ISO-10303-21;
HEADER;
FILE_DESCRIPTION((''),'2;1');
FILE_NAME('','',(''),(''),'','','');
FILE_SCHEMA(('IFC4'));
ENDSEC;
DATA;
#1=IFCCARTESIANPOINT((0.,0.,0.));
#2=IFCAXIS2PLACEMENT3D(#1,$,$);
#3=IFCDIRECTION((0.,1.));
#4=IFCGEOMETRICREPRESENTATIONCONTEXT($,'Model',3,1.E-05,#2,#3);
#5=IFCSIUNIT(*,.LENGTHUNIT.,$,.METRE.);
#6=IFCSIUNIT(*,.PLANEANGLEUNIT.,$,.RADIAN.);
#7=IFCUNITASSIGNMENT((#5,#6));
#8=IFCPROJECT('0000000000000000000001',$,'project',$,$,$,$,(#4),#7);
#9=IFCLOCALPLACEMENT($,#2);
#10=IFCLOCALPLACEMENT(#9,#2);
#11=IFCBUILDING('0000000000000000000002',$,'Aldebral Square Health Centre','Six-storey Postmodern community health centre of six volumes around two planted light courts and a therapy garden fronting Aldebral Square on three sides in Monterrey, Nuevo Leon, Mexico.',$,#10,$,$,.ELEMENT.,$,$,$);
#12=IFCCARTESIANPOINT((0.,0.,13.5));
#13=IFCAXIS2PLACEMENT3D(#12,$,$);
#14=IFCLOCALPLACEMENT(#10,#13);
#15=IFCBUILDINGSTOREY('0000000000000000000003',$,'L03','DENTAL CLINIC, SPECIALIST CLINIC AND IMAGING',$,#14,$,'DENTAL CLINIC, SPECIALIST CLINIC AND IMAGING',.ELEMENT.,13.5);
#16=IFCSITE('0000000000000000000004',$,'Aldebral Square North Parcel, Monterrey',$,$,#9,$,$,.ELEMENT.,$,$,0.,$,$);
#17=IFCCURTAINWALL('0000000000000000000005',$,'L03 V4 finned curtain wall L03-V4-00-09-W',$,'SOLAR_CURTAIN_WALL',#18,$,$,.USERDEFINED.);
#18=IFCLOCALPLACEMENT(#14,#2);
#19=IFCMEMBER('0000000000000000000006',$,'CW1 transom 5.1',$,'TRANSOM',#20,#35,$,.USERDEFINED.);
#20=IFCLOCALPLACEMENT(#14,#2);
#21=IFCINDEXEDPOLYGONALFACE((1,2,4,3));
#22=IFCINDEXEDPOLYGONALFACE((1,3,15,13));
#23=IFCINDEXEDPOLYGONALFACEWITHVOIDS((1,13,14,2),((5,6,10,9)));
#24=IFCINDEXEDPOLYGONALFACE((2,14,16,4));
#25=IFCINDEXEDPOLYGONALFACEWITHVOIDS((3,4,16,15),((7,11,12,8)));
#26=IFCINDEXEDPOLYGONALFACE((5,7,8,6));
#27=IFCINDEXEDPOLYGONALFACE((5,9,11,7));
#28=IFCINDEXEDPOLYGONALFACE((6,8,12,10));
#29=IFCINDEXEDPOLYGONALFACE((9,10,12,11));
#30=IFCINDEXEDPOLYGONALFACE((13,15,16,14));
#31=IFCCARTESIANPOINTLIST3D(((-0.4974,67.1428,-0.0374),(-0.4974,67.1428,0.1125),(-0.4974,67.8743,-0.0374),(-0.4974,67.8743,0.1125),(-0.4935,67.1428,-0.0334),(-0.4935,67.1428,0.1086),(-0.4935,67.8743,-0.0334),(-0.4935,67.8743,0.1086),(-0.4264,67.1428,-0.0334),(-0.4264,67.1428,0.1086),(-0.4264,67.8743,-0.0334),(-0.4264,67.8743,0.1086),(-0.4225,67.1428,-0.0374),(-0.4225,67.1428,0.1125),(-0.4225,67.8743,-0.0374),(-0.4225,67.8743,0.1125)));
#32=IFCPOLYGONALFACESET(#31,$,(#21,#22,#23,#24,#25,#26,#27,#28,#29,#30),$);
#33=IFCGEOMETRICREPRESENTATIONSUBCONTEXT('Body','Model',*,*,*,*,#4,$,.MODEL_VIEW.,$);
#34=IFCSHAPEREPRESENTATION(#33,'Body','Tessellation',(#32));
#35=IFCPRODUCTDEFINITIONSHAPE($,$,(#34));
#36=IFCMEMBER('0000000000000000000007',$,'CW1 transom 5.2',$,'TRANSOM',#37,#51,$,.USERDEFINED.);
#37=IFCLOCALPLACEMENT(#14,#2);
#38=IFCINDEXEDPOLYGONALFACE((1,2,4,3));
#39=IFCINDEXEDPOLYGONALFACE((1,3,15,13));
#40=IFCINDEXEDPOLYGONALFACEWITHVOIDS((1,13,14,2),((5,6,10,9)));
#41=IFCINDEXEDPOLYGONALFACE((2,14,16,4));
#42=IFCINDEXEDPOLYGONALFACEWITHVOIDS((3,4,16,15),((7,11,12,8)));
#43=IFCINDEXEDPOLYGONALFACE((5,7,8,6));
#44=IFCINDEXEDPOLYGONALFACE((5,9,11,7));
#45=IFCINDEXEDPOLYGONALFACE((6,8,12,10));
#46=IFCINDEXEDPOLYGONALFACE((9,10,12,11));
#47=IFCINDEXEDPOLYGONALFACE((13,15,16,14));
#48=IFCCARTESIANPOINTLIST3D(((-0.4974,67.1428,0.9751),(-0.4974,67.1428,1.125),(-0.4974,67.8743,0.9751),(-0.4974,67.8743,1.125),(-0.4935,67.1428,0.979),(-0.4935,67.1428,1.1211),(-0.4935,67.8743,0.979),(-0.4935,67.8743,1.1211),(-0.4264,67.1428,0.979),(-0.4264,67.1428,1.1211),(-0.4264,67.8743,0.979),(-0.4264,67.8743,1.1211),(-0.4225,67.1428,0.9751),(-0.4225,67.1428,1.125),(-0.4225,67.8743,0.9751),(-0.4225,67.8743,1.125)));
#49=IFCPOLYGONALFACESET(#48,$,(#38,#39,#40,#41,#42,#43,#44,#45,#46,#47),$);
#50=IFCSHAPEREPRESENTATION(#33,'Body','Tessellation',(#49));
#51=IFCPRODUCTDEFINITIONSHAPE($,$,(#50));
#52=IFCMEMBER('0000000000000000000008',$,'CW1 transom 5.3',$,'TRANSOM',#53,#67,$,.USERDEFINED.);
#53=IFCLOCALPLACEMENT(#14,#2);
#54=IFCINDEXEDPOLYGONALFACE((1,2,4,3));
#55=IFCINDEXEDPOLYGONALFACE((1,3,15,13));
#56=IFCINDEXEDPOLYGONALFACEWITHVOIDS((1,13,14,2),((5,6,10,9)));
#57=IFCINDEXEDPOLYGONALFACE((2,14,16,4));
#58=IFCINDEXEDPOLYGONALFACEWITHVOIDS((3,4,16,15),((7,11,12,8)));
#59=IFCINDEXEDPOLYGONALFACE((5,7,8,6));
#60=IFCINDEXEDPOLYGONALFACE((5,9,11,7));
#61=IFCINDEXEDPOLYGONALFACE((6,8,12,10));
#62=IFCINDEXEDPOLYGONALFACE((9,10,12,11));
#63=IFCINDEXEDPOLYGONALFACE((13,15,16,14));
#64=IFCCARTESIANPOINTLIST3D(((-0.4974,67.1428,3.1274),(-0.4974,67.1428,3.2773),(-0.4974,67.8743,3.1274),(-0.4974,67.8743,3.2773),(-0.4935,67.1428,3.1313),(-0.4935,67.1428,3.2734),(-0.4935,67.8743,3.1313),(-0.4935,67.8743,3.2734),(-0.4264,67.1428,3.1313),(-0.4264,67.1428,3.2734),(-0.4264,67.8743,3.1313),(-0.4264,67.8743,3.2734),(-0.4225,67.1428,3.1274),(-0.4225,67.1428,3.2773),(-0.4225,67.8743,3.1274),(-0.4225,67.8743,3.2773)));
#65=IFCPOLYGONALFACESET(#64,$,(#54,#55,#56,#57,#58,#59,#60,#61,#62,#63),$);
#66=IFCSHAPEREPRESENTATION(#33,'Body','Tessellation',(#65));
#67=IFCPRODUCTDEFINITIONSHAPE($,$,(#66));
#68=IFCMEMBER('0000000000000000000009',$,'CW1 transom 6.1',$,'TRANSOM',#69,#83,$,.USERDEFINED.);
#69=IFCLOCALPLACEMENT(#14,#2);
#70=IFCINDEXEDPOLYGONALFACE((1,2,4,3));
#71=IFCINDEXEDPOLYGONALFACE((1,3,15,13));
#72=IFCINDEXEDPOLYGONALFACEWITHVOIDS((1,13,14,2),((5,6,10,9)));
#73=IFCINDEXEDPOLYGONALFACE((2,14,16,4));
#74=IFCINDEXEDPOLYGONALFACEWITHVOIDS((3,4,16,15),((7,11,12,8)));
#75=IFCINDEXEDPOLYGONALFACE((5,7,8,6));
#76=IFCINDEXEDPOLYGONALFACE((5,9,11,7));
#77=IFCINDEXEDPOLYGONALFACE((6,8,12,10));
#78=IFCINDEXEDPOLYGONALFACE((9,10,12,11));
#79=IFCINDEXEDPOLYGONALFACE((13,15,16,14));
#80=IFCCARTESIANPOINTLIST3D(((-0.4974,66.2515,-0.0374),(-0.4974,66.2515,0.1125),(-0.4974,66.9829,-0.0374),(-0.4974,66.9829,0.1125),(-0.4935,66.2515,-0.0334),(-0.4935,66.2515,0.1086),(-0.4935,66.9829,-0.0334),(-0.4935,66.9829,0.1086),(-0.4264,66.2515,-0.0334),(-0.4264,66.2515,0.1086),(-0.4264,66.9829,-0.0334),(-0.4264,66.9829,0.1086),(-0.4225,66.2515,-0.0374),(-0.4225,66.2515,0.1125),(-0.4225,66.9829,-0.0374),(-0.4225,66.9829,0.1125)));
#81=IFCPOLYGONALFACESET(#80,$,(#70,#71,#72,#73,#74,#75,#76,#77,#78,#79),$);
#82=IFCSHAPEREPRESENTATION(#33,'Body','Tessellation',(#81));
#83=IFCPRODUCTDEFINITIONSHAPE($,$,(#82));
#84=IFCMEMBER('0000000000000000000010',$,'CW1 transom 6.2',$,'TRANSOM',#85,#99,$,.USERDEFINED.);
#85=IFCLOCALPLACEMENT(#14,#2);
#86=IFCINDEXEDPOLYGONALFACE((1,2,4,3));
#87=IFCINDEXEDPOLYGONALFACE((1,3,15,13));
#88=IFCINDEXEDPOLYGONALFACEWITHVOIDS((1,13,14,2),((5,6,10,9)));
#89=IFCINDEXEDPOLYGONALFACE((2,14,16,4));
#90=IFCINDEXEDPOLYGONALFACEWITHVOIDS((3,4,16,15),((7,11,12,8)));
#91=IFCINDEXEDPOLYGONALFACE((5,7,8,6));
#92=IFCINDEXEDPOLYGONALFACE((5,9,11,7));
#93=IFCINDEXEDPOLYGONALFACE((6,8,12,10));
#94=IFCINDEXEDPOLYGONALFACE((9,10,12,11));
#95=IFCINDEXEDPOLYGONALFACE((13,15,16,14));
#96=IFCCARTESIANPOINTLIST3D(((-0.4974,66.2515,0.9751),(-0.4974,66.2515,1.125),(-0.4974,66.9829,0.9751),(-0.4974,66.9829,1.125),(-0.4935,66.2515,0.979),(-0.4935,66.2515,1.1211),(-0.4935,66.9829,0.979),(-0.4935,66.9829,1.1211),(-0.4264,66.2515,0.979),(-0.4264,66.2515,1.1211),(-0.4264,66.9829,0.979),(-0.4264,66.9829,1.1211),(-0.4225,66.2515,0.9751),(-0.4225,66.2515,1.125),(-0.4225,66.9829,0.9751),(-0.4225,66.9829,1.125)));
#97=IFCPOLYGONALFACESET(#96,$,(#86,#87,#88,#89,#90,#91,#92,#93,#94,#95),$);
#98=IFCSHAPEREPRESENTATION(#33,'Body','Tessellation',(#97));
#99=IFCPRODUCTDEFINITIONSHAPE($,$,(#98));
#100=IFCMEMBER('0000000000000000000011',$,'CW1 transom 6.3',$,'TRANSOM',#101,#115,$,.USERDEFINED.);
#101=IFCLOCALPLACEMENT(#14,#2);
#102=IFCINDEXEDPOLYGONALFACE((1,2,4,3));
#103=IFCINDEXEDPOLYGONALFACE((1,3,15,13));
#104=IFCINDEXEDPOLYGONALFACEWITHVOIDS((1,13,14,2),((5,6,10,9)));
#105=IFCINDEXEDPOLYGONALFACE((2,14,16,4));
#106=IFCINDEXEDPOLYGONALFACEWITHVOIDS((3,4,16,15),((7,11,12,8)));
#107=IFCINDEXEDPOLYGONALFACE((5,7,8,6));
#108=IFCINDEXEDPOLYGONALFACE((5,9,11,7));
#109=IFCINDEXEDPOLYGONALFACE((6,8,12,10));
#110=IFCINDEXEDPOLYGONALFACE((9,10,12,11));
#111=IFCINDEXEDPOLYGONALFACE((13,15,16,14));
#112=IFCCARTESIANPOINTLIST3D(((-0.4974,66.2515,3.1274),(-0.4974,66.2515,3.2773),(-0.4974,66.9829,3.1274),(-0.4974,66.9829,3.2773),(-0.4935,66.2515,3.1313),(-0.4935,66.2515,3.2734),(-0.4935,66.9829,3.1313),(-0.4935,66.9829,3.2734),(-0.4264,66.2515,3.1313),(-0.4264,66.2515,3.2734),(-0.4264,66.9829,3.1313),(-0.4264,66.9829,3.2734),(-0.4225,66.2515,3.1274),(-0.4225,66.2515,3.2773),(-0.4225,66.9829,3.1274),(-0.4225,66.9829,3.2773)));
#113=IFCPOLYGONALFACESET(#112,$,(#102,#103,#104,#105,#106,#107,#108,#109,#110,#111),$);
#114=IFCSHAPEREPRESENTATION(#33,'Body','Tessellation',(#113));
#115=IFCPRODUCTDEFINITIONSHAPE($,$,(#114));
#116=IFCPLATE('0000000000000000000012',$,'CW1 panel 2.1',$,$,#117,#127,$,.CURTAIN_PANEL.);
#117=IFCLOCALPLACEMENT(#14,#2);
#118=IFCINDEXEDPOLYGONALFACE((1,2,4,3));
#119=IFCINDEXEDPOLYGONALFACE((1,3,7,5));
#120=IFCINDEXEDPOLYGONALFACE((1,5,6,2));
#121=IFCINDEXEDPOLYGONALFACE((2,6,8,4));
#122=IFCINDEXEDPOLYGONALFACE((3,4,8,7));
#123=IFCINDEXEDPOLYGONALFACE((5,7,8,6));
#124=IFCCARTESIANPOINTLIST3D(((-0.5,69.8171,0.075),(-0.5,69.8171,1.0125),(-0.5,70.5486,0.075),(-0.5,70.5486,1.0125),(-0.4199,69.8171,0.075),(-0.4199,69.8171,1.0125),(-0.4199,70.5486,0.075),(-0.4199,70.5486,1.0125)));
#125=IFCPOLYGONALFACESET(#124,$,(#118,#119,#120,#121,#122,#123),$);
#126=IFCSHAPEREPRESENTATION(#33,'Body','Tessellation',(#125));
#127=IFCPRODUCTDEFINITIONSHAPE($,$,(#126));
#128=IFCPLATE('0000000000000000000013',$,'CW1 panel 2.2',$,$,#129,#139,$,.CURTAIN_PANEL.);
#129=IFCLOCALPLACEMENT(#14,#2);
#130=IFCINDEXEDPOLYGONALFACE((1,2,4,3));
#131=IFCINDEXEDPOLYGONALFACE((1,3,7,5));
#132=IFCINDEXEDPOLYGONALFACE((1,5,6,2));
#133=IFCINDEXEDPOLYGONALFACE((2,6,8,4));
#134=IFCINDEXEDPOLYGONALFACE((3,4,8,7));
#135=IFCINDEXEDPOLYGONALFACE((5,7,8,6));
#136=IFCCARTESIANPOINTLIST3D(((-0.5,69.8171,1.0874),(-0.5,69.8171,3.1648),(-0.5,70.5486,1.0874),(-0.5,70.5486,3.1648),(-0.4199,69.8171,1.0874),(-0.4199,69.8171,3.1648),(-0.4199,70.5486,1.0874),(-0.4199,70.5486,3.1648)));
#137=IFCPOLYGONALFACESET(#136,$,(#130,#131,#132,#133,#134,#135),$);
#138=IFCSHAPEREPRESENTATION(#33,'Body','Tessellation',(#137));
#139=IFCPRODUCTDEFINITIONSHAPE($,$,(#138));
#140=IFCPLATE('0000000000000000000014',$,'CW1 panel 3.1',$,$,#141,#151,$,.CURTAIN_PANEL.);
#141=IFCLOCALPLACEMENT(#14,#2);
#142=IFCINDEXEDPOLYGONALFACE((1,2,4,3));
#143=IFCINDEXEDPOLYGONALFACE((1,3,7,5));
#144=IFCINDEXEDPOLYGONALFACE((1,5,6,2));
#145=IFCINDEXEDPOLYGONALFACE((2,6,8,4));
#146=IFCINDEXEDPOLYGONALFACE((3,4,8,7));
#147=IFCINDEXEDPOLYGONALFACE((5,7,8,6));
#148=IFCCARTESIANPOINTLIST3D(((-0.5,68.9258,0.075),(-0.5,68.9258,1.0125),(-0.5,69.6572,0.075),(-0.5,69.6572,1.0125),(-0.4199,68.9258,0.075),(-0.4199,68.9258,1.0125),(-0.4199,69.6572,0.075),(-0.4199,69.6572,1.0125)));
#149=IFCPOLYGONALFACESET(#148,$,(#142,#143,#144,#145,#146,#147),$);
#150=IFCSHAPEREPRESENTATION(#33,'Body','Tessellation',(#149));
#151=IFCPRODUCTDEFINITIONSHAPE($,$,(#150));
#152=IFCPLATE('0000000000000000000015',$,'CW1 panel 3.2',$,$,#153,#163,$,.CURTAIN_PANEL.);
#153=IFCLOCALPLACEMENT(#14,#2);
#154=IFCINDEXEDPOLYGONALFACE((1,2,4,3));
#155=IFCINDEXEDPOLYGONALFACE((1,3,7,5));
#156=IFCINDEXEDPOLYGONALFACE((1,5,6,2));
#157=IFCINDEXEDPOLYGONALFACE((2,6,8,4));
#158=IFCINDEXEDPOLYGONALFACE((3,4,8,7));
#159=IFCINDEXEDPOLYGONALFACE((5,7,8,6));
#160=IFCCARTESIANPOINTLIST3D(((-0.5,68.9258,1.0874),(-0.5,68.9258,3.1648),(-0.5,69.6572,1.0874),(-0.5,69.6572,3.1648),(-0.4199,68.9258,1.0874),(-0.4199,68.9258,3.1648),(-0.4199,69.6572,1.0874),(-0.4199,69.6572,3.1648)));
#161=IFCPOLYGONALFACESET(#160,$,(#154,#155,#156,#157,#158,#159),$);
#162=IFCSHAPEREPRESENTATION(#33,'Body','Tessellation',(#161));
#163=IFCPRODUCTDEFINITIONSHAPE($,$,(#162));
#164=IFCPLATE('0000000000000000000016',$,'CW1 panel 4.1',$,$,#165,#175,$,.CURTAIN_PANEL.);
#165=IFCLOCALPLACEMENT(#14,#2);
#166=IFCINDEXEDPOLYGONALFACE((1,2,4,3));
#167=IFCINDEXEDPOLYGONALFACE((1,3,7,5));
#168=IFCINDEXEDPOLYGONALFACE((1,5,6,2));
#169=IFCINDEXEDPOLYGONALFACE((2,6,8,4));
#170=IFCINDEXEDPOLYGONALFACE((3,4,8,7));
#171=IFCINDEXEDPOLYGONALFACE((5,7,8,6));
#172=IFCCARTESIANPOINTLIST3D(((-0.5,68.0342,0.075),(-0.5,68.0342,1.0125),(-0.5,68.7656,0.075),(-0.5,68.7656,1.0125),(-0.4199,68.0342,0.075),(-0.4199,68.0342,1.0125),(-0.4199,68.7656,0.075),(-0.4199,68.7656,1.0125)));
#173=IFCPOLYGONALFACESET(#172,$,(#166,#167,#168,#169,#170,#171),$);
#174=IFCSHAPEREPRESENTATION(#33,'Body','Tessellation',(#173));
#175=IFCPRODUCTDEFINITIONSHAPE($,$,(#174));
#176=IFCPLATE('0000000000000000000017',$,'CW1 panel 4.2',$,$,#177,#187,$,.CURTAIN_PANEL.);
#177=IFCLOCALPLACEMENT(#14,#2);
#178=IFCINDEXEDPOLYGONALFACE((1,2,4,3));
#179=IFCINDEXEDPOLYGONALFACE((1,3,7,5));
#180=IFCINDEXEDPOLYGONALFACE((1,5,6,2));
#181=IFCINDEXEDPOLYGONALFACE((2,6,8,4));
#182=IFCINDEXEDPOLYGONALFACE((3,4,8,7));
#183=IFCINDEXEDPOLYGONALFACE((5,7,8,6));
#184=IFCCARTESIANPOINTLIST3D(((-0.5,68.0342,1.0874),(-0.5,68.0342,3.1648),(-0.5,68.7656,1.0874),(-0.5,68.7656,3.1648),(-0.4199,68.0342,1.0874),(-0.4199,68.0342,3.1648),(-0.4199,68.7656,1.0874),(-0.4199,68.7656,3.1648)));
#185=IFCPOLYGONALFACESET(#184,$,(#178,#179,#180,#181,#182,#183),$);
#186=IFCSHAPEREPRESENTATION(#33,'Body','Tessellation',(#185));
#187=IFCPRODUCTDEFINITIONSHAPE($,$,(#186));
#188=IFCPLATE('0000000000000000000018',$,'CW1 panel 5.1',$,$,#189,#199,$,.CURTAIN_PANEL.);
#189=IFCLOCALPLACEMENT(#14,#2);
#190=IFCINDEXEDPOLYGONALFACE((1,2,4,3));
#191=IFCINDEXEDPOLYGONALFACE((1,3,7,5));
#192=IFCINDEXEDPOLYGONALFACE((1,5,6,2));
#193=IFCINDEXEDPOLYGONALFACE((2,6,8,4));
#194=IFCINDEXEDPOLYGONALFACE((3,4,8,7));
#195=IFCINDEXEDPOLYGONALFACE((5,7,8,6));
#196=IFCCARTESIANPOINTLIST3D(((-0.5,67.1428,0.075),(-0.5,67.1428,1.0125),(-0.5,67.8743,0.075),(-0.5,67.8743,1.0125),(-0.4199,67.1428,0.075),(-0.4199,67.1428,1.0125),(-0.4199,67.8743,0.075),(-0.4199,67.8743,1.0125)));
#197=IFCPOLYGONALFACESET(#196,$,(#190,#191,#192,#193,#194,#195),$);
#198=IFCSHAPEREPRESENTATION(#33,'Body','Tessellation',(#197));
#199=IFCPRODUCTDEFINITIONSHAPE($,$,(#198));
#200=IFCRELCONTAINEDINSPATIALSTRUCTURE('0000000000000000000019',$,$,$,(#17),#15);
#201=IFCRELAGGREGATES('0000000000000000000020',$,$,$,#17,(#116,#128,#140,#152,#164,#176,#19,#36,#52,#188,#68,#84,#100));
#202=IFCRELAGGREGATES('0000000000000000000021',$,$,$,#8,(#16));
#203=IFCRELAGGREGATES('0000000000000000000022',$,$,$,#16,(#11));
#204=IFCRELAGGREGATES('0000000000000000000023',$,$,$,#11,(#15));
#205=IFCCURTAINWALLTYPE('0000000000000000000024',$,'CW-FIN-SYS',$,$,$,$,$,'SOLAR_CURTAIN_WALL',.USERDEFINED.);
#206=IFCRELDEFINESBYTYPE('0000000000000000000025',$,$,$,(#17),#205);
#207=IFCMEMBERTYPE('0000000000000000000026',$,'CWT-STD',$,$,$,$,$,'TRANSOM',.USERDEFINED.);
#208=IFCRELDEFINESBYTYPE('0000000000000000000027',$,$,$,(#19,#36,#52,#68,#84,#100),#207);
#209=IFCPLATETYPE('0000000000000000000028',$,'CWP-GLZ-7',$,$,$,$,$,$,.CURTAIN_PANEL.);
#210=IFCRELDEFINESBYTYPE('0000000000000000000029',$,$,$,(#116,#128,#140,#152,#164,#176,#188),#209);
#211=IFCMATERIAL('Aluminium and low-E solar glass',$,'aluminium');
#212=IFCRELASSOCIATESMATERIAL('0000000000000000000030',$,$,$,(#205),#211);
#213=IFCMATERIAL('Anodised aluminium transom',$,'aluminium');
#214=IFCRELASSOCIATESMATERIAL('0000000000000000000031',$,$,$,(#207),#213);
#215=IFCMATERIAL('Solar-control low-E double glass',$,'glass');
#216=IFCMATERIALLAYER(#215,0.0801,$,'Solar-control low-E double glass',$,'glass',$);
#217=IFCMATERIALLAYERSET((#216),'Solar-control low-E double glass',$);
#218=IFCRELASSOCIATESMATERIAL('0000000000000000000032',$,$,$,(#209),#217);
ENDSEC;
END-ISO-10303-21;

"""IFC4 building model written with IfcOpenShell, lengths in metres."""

from ifc_helpers import new_model, si_unit, direction, frame, origin, origin_2d, place, context, subcontext, project, spatial, rectangle, hollow_rectangle, extrude, material, layer, layer_set, material_profile, profile_set, type_object, element, aggregate, save


model = new_model("IFC4")

# Units and contexts
model_context = context("Model", 3, precision=1e-05, world=origin(), true_north=direction((0.0, 1.0)))
body_context = subcontext(model_context, "Body", "Model", "MODEL_VIEW")
ifc_project = project(units=[si_unit("LENGTHUNIT", "METRE"), si_unit("PLANEANGLEUNIT", "RADIAN")], contexts=[model_context])

# Site, building, storey
site_placement = place(None, origin())
site = spatial("IfcSite", under=ifc_project, at=site_placement, Name="Aldebral Square North Parcel, Monterrey", CompositionType="ELEMENT", RefElevation=0.0)
building_placement = place(site_placement, origin())
building = spatial("IfcBuilding", under=site, at=building_placement, Name="Aldebral Square Health Centre", Description="Six-storey Postmodern community health centre of six volumes around two planted light courts and a therapy garden fronting Aldebral Square on three sides in Monterrey, Nuevo Leon, Mexico.", CompositionType="ELEMENT")
storey_placement = place(building_placement, frame((0.0, 0.0, 13.5)))
storey = spatial("IfcBuildingStorey", under=building, at=storey_placement, Name="L03", Description="DENTAL CLINIC, SPECIALIST CLINIC AND IMAGING", LongName="DENTAL CLINIC, SPECIALIST CLINIC AND IMAGING", CompositionType="ELEMENT", Elevation=13.5)

# Curtain wall, members, plates
ifc_material_1 = material(Name="Aluminium and low-E solar glass", Category="aluminium")
curtain_wall_type = type_object("IfcCurtainWallType", Name="CW-FIN-SYS", ElementType="SOLAR_CURTAIN_WALL", PredefinedType="USERDEFINED", material=ifc_material_1)
curtain_wall_placement = place(storey_placement, origin())
curtain_wall = element("IfcCurtainWall", 1, at=curtain_wall_placement, inside=storey, type_object=curtain_wall_type, Name="L03 V4 finned curtain wall L03-V4-00-09-W", ObjectType="SOLAR_CURTAIN_WALL", PredefinedType="USERDEFINED")
ifc_material_2 = material(Name="Anodised aluminium transom", Category="aluminium")
ifc_material_profile_1 = material_profile(ifc_material_2, hollow_rectangle(XDim=0.075, YDim=0.1499, WallThickness=0.0039, at=origin_2d()), Name="CWT 75x150x4")
ifc_profile_set_1 = profile_set([ifc_material_profile_1], Name="Anodised aluminium transom")
member_type_1 = type_object("IfcMemberType", Name="CWT-STD", ElementType="TRANSOM", PredefinedType="USERDEFINED", material=ifc_profile_set_1)
member_1_placement = place(storey_placement, frame((-0.46, 67.8743, 0.0376), z_axis=(0.0, -1.0, 0.0), x_axis=(1.0, 0.0, 0.0)))
member_1 = element("IfcMember", 2, at=member_1_placement, type_object=member_type_1, Name="CW1 transom 5.1", ObjectType="TRANSOM", PredefinedType="USERDEFINED", context=body_context, shape_type="SweptSolid", body=[
    extrude(hollow_rectangle(XDim=0.075, YDim=0.1499, WallThickness=0.0039, at=origin_2d()), origin(), (0.0, 0.0, 1.0), 0.7314),
])
member_2_placement = place(storey_placement, frame((-0.46, 67.8743, 1.05), z_axis=(0.0, -1.0, 0.0), x_axis=(1.0, 0.0, 0.0)))
member_2 = element("IfcMember", 3, at=member_2_placement, type_object=member_type_1, Name="CW1 transom 5.2", ObjectType="TRANSOM", PredefinedType="USERDEFINED", context=body_context, shape_type="SweptSolid", body=[
    extrude(hollow_rectangle(XDim=0.075, YDim=0.1499, WallThickness=0.0039, at=origin_2d()), origin(), (0.0, 0.0, 1.0), 0.7314),
])
member_3_placement = place(storey_placement, frame((-0.46, 67.8743, 3.2024), z_axis=(0.0, -1.0, 0.0), x_axis=(1.0, 0.0, 0.0)))
member_3 = element("IfcMember", 4, at=member_3_placement, type_object=member_type_1, Name="CW1 transom 5.3", ObjectType="TRANSOM", PredefinedType="USERDEFINED", context=body_context, shape_type="SweptSolid", body=[
    extrude(hollow_rectangle(XDim=0.075, YDim=0.1499, WallThickness=0.0039, at=origin_2d()), origin(), (0.0, 0.0, 1.0), 0.7314),
])
member_4_placement = place(storey_placement, frame((-0.46, 66.9829, 0.0376), z_axis=(0.0, -1.0, 0.0), x_axis=(1.0, 0.0, 0.0)))
member_4 = element("IfcMember", 5, at=member_4_placement, type_object=member_type_1, Name="CW1 transom 6.1", ObjectType="TRANSOM", PredefinedType="USERDEFINED", context=body_context, shape_type="SweptSolid", body=[
    extrude(hollow_rectangle(XDim=0.075, YDim=0.1499, WallThickness=0.0039, at=origin_2d()), origin(), (0.0, 0.0, 1.0), 0.7314),
])
member_5_placement = place(storey_placement, frame((-0.46, 66.9829, 1.05), z_axis=(0.0, -1.0, 0.0), x_axis=(1.0, 0.0, 0.0)))
member_5 = element("IfcMember", 6, at=member_5_placement, type_object=member_type_1, Name="CW1 transom 6.2", ObjectType="TRANSOM", PredefinedType="USERDEFINED", context=body_context, shape_type="SweptSolid", body=[
    extrude(hollow_rectangle(XDim=0.075, YDim=0.1499, WallThickness=0.0039, at=origin_2d()), origin(), (0.0, 0.0, 1.0), 0.7314),
])
member_6_placement = place(storey_placement, frame((-0.46, 66.9829, 3.2024), z_axis=(0.0, -1.0, 0.0), x_axis=(1.0, 0.0, 0.0)))
member_6 = element("IfcMember", 7, at=member_6_placement, type_object=member_type_1, Name="CW1 transom 6.3", ObjectType="TRANSOM", PredefinedType="USERDEFINED", context=body_context, shape_type="SweptSolid", body=[
    extrude(hollow_rectangle(XDim=0.075, YDim=0.1499, WallThickness=0.0039, at=origin_2d()), origin(), (0.0, 0.0, 1.0), 0.7314),
])
ifc_material_3 = material(Name="Solar-control low-E double glass", Category="glass")
ifc_layer = layer(ifc_material_3, 0.0801, Name="Solar-control low-E double glass", Category="glass")
ifc_layer_set = layer_set([ifc_layer], Name="Solar-control low-E double glass")
plate_type = type_object("IfcPlateType", Name="CWP-GLZ-7", PredefinedType="CURTAIN_PANEL", material=ifc_layer_set)
plate_1_placement = place(storey_placement, frame((-0.46, 70.1829, 0.075), z_axis=(0.0, 0.0, 1.0), x_axis=(0.0, -1.0, 0.0)))
plate_1 = element("IfcPlate", 8, at=plate_1_placement, type_object=plate_type, Name="CW1 panel 2.1", PredefinedType="CURTAIN_PANEL", context=body_context, shape_type="SweptSolid", body=[
    extrude(rectangle(XDim=0.7314, YDim=0.0801, at=origin_2d()), origin(), (0.0, 0.0, 1.0), 0.9375),
])
plate_2_placement = place(storey_placement, frame((-0.46, 70.1829, 1.0874), z_axis=(0.0, 0.0, 1.0), x_axis=(0.0, -1.0, 0.0)))
plate_2 = element("IfcPlate", 9, at=plate_2_placement, type_object=plate_type, Name="CW1 panel 2.2", PredefinedType="CURTAIN_PANEL", context=body_context, shape_type="SweptSolid", body=[
    extrude(rectangle(XDim=0.7314, YDim=0.0801, at=origin_2d()), origin(), (0.0, 0.0, 1.0), 2.0774),
])
plate_3_placement = place(storey_placement, frame((-0.46, 69.2915, 0.075), z_axis=(0.0, 0.0, 1.0), x_axis=(0.0, -1.0, 0.0)))
plate_3 = element("IfcPlate", 10, at=plate_3_placement, type_object=plate_type, Name="CW1 panel 3.1", PredefinedType="CURTAIN_PANEL", context=body_context, shape_type="SweptSolid", body=[
    extrude(rectangle(XDim=0.7314, YDim=0.0801, at=origin_2d()), origin(), (0.0, 0.0, 1.0), 0.9375),
])
plate_4_placement = place(storey_placement, frame((-0.46, 69.2915, 1.0874), z_axis=(0.0, 0.0, 1.0), x_axis=(0.0, -1.0, 0.0)))
plate_4 = element("IfcPlate", 11, at=plate_4_placement, type_object=plate_type, Name="CW1 panel 3.2", PredefinedType="CURTAIN_PANEL", context=body_context, shape_type="SweptSolid", body=[
    extrude(rectangle(XDim=0.7314, YDim=0.0801, at=origin_2d()), origin(), (0.0, 0.0, 1.0), 2.0774),
])
plate_5_placement = place(storey_placement, frame((-0.46, 68.3999, 0.075), z_axis=(0.0, 0.0, 1.0), x_axis=(0.0, -1.0, 0.0)))
plate_5 = element("IfcPlate", 12, at=plate_5_placement, type_object=plate_type, Name="CW1 panel 4.1", PredefinedType="CURTAIN_PANEL", context=body_context, shape_type="SweptSolid", body=[
    extrude(rectangle(XDim=0.7314, YDim=0.0801, at=origin_2d()), origin(), (0.0, 0.0, 1.0), 0.9375),
])
plate_6_placement = place(storey_placement, frame((-0.46, 68.3999, 1.0874), z_axis=(0.0, 0.0, 1.0), x_axis=(0.0, -1.0, 0.0)))
plate_6 = element("IfcPlate", 13, at=plate_6_placement, type_object=plate_type, Name="CW1 panel 4.2", PredefinedType="CURTAIN_PANEL", context=body_context, shape_type="SweptSolid", body=[
    extrude(rectangle(XDim=0.7314, YDim=0.0801, at=origin_2d()), origin(), (0.0, 0.0, 1.0), 2.0774),
])
plate_7_placement = place(storey_placement, frame((-0.46, 67.5085, 0.075), z_axis=(0.0, 0.0, 1.0), x_axis=(0.0, -1.0, 0.0)))
plate_7 = element("IfcPlate", 14, at=plate_7_placement, type_object=plate_type, Name="CW1 panel 5.1", PredefinedType="CURTAIN_PANEL", context=body_context, shape_type="SweptSolid", body=[
    extrude(rectangle(XDim=0.7314, YDim=0.0801, at=origin_2d()), origin(), (0.0, 0.0, 1.0), 0.9375),
])
aggregate(curtain_wall, [plate_1, plate_2, plate_3, plate_4, plate_5, plate_6, member_1, member_2, member_3, plate_7, member_4, member_5, member_6])

save(model, "model.ifc")
